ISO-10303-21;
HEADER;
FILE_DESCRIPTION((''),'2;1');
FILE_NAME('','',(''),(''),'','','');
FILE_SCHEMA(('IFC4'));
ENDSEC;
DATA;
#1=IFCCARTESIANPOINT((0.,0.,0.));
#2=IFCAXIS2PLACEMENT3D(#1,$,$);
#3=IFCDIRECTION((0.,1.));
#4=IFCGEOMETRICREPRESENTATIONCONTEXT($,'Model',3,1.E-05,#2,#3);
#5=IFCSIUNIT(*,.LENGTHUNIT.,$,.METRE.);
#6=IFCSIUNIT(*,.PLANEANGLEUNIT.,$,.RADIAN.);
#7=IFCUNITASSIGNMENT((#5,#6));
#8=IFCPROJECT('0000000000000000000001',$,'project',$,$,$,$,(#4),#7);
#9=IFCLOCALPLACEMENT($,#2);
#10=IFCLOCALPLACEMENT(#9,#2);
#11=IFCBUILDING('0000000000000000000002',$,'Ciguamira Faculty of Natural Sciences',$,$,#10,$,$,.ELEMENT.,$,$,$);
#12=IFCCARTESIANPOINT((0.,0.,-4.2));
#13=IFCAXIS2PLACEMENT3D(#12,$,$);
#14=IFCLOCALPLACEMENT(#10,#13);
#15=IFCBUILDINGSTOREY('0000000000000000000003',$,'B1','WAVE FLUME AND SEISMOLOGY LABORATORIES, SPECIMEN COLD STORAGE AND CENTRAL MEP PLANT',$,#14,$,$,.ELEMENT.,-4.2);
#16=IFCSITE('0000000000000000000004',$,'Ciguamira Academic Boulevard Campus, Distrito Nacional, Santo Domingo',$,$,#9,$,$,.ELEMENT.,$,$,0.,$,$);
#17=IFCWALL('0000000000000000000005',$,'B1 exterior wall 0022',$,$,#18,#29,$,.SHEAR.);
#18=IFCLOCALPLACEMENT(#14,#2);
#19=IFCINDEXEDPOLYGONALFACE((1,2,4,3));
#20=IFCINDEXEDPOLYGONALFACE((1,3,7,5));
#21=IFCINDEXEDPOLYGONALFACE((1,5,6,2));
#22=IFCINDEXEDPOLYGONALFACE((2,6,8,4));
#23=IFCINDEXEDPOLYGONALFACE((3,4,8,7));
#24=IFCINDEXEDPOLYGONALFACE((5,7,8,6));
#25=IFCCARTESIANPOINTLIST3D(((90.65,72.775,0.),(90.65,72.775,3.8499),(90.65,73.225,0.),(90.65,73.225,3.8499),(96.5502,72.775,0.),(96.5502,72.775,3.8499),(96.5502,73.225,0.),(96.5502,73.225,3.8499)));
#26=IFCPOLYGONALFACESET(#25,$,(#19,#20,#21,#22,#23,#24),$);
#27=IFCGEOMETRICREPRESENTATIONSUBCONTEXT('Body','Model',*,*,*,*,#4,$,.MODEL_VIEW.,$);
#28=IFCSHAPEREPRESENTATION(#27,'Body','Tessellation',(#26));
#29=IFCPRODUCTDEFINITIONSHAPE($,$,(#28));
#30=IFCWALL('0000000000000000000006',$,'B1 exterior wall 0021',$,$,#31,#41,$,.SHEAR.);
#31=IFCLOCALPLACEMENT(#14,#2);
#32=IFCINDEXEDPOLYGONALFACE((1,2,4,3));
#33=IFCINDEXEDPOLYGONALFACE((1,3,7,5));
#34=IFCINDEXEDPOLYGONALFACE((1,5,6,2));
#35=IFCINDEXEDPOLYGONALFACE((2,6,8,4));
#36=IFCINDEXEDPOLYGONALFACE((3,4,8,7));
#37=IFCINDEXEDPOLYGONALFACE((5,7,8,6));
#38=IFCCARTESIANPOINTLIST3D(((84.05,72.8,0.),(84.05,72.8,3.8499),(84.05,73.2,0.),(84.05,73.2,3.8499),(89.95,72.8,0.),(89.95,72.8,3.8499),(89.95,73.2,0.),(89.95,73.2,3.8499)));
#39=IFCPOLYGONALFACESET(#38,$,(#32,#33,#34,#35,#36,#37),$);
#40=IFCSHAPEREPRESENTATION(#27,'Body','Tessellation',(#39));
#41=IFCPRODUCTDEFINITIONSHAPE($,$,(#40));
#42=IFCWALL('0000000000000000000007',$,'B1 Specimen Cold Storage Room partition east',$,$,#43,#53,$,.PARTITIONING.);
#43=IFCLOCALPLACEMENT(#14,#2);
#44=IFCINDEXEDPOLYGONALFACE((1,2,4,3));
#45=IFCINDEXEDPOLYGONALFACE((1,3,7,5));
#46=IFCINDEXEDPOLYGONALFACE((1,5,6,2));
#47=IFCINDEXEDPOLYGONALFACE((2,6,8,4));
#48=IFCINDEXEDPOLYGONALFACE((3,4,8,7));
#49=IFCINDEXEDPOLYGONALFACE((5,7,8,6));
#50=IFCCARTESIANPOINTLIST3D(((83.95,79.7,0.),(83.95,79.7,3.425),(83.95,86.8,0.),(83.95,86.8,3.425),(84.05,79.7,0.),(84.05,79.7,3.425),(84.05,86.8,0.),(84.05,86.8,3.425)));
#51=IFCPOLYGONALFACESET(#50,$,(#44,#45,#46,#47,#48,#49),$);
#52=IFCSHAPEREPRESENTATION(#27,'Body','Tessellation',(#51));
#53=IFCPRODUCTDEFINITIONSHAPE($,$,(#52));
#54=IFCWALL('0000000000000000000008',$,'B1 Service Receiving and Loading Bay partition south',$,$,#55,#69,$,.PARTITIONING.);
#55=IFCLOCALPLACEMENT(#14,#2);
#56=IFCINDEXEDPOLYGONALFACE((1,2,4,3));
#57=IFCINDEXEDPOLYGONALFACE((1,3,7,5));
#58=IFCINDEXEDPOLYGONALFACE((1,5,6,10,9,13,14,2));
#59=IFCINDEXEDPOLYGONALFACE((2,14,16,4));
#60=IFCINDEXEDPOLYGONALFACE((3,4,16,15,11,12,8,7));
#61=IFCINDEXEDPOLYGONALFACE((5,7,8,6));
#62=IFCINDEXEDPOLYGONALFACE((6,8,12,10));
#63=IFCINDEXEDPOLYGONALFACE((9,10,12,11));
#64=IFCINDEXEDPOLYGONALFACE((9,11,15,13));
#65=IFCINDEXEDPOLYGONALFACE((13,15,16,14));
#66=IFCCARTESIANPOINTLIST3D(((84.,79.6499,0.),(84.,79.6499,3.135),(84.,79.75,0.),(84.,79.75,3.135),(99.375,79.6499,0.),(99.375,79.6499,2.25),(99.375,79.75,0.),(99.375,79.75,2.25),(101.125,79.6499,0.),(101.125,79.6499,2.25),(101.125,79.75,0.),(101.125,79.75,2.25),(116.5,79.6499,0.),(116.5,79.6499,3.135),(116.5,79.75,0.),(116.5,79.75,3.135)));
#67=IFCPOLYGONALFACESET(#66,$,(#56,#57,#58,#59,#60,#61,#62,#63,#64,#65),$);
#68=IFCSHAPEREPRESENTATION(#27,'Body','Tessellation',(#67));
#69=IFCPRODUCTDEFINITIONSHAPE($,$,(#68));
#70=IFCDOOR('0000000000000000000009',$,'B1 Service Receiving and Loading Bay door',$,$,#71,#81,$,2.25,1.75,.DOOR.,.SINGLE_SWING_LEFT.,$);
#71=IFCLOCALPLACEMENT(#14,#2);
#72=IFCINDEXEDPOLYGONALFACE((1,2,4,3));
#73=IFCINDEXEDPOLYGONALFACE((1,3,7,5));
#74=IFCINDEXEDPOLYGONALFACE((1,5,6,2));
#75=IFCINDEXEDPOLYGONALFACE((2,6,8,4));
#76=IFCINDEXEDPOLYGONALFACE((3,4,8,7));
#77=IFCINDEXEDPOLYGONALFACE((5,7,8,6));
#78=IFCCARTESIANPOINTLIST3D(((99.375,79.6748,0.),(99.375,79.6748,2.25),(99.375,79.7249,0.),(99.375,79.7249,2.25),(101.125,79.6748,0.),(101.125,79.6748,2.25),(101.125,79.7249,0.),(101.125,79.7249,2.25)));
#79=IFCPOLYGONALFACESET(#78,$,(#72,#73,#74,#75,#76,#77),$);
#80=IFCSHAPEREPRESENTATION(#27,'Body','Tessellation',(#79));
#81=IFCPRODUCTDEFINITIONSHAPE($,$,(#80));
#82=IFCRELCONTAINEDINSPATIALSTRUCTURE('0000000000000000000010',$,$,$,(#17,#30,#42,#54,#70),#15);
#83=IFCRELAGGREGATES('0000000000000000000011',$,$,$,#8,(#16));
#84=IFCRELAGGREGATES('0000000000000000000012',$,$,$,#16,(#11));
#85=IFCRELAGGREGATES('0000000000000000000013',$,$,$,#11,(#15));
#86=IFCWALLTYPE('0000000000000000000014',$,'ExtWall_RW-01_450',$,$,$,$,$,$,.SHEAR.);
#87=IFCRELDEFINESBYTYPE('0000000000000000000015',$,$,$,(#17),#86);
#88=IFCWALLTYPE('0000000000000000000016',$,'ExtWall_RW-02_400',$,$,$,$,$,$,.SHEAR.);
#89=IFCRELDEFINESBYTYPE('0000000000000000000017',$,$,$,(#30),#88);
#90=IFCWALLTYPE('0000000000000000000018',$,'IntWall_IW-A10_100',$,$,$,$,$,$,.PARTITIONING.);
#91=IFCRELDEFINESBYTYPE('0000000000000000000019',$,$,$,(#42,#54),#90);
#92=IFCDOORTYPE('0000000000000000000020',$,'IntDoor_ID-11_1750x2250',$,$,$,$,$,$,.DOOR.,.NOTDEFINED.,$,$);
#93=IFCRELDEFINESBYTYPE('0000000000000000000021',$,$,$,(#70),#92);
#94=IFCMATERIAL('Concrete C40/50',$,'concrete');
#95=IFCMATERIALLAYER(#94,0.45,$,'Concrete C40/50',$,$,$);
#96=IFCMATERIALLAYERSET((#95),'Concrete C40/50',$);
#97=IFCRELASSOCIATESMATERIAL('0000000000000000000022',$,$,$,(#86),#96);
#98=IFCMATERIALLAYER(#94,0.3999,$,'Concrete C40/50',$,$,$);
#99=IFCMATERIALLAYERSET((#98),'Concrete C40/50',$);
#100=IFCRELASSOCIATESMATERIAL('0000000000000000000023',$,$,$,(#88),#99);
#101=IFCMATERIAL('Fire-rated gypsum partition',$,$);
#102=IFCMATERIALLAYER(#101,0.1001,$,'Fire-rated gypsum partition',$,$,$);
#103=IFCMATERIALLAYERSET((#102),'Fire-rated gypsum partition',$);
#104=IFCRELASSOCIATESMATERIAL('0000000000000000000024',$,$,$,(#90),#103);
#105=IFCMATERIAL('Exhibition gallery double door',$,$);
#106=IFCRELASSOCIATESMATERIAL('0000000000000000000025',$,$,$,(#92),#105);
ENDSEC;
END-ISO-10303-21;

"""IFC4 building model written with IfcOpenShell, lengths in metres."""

from ifc_helpers import new_model, si_unit, direction, frame, frame_2d, origin, place, context, subcontext, project, spatial, rectangle, extrude, material, layer, layer_set, type_object, element, fill, save


model = new_model("IFC4")

# Units and contexts
model_context = context("Model", 3, precision=1e-05, world=origin(), true_north=direction((0.0, 1.0)))
body_context = subcontext(model_context, "Body", "Model", "MODEL_VIEW")
ifc_project = project(units=[si_unit("LENGTHUNIT", "METRE"), si_unit("PLANEANGLEUNIT", "RADIAN")], contexts=[model_context])

# Site, building, storey
site_placement = place(None, origin())
site = spatial("IfcSite", under=ifc_project, at=site_placement, Name="Ciguamira Academic Boulevard Campus, Distrito Nacional, Santo Domingo", CompositionType="ELEMENT", RefElevation=0.0)
building_placement = place(site_placement, origin())
building = spatial("IfcBuilding", under=site, at=building_placement, Name="Ciguamira Faculty of Natural Sciences", CompositionType="ELEMENT")
storey_placement = place(building_placement, frame((0.0, 0.0, -4.2)))
storey = spatial("IfcBuildingStorey", under=building, at=storey_placement, Name="B1", Description="WAVE FLUME AND SEISMOLOGY LABORATORIES, SPECIMEN COLD STORAGE AND CENTRAL MEP PLANT", CompositionType="ELEMENT", Elevation=-4.2)

# Shared definitions
ifc_material_1 = material(Name="Concrete C40/50", Category="concrete")

# Walls
ifc_layer_1 = layer(ifc_material_1, 0.45, Name="Concrete C40/50")
ifc_layer_set_1 = layer_set([ifc_layer_1], Name="Concrete C40/50")
wall_type_1 = type_object("IfcWallType", Name="ExtWall_RW-01_450", PredefinedType="SHEAR", material=ifc_layer_set_1)
wall_1_placement = place(storey_placement, frame((90.6499, 73.0, 0.0), z_axis=(0.0, 0.0, 1.0), x_axis=(1.0, 0.0, 0.0)))
element("IfcWall", 1, at=wall_1_placement, inside=storey, type_object=wall_type_1, Name="B1 exterior wall 0022", PredefinedType="SHEAR", context=body_context, shape_type="SweptSolid", body=[
    extrude(rectangle(XDim=5.9001, YDim=0.45, at=frame_2d((2.9502, 0.0))), origin(), (0.0, 0.0, 1.0), 3.8499),
])
ifc_layer_2 = layer(ifc_material_1, 0.3999, Name="Concrete C40/50")
ifc_layer_set_2 = layer_set([ifc_layer_2], Name="Concrete C40/50")
wall_type_2 = type_object("IfcWallType", Name="ExtWall_RW-02_400", PredefinedType="SHEAR", material=ifc_layer_set_2)
wall_2_placement = place(storey_placement, frame((84.05, 73.0, 0.0), z_axis=(0.0, 0.0, 1.0), x_axis=(1.0, 0.0, 0.0)))
element("IfcWall", 2, at=wall_2_placement, inside=storey, type_object=wall_type_2, Name="B1 exterior wall 0021", PredefinedType="SHEAR", context=body_context, shape_type="SweptSolid", body=[
    extrude(rectangle(XDim=5.8999, YDim=0.3999, at=frame_2d((2.95, 0.0))), origin(), (0.0, 0.0, 1.0), 3.8499),
])
ifc_material_2 = material(Name="Fire-rated gypsum partition")
ifc_layer_3 = layer(ifc_material_2, 0.1001, Name="Fire-rated gypsum partition")
ifc_layer_set_3 = layer_set([ifc_layer_3], Name="Fire-rated gypsum partition")
wall_type_3 = type_object("IfcWallType", Name="IntWall_IW-A10_100", PredefinedType="PARTITIONING", material=ifc_layer_set_3)
wall_3_placement = place(storey_placement, frame((84.0, 79.7, 0.0), z_axis=(0.0, 0.0, 1.0), x_axis=(0.0, 1.0, 0.0)))
element("IfcWall", 3, at=wall_3_placement, inside=storey, type_object=wall_type_3, Name="B1 Specimen Cold Storage Room partition east", PredefinedType="PARTITIONING", context=body_context, shape_type="SweptSolid", body=[
    extrude(rectangle(XDim=7.1001, YDim=0.1001, at=frame_2d((3.55, 0.0))), origin(), (0.0, 0.0, 1.0), 3.425),
])

# Wall, opening, door
wall_4_placement = place(storey_placement, frame((84.0, 79.7, 0.0), z_axis=(0.0, 0.0, 1.0), x_axis=(1.0, 0.0, 0.0)))
wall_4 = element("IfcWall", 4, at=wall_4_placement, inside=storey, type_object=wall_type_3, Name="B1 Service Receiving and Loading Bay partition south", PredefinedType="PARTITIONING", context=body_context, shape_type="SweptSolid", body=[
    extrude(rectangle(XDim=32.5, YDim=0.1001, at=frame_2d((16.25, 0.0))), origin(), (0.0, 0.0, 1.0), 3.135),
])
opening_placement = place(wall_4_placement, frame((15.375, 0.0, 0.0)))
opening = element("IfcOpeningElement", 5, at=opening_placement, cuts=wall_4, PredefinedType="OPENING", context=body_context, shape_type="SweptSolid", body=[
    extrude(rectangle(XDim=1.75, YDim=2.25, at=frame_2d((0.875, 1.125))), frame((0.0, 0.0601, 0.0), z_axis=(0.0, -1.0, 0.0), x_axis=(1.0, 0.0, 0.0)), (0.0, 0.0, 1.0), 0.1201),
])
ifc_material_3 = material(Name="Exhibition gallery double door")
door_type = type_object("IfcDoorType", Name="IntDoor_ID-11_1750x2250", OperationType="NOTDEFINED", PredefinedType="DOOR", material=ifc_material_3)
door_placement = place(opening_placement, origin())
door = element("IfcDoor", 6, at=door_placement, inside=storey, type_object=door_type, Name="B1 Service Receiving and Loading Bay door", OperationType="SINGLE_SWING_LEFT", OverallHeight=2.25, OverallWidth=1.75, PredefinedType="DOOR", context=body_context, shape_type="SweptSolid", body=[
    extrude(rectangle(XDim=1.75, YDim=2.25, at=frame_2d((0.875, 1.125))), frame((0.0, 0.0249, 0.0), z_axis=(0.0, -1.0, 0.0), x_axis=(1.0, 0.0, 0.0)), (0.0, 0.0, 1.0), 0.05),
])
fill(opening, door)

save(model, "model.ifc")
